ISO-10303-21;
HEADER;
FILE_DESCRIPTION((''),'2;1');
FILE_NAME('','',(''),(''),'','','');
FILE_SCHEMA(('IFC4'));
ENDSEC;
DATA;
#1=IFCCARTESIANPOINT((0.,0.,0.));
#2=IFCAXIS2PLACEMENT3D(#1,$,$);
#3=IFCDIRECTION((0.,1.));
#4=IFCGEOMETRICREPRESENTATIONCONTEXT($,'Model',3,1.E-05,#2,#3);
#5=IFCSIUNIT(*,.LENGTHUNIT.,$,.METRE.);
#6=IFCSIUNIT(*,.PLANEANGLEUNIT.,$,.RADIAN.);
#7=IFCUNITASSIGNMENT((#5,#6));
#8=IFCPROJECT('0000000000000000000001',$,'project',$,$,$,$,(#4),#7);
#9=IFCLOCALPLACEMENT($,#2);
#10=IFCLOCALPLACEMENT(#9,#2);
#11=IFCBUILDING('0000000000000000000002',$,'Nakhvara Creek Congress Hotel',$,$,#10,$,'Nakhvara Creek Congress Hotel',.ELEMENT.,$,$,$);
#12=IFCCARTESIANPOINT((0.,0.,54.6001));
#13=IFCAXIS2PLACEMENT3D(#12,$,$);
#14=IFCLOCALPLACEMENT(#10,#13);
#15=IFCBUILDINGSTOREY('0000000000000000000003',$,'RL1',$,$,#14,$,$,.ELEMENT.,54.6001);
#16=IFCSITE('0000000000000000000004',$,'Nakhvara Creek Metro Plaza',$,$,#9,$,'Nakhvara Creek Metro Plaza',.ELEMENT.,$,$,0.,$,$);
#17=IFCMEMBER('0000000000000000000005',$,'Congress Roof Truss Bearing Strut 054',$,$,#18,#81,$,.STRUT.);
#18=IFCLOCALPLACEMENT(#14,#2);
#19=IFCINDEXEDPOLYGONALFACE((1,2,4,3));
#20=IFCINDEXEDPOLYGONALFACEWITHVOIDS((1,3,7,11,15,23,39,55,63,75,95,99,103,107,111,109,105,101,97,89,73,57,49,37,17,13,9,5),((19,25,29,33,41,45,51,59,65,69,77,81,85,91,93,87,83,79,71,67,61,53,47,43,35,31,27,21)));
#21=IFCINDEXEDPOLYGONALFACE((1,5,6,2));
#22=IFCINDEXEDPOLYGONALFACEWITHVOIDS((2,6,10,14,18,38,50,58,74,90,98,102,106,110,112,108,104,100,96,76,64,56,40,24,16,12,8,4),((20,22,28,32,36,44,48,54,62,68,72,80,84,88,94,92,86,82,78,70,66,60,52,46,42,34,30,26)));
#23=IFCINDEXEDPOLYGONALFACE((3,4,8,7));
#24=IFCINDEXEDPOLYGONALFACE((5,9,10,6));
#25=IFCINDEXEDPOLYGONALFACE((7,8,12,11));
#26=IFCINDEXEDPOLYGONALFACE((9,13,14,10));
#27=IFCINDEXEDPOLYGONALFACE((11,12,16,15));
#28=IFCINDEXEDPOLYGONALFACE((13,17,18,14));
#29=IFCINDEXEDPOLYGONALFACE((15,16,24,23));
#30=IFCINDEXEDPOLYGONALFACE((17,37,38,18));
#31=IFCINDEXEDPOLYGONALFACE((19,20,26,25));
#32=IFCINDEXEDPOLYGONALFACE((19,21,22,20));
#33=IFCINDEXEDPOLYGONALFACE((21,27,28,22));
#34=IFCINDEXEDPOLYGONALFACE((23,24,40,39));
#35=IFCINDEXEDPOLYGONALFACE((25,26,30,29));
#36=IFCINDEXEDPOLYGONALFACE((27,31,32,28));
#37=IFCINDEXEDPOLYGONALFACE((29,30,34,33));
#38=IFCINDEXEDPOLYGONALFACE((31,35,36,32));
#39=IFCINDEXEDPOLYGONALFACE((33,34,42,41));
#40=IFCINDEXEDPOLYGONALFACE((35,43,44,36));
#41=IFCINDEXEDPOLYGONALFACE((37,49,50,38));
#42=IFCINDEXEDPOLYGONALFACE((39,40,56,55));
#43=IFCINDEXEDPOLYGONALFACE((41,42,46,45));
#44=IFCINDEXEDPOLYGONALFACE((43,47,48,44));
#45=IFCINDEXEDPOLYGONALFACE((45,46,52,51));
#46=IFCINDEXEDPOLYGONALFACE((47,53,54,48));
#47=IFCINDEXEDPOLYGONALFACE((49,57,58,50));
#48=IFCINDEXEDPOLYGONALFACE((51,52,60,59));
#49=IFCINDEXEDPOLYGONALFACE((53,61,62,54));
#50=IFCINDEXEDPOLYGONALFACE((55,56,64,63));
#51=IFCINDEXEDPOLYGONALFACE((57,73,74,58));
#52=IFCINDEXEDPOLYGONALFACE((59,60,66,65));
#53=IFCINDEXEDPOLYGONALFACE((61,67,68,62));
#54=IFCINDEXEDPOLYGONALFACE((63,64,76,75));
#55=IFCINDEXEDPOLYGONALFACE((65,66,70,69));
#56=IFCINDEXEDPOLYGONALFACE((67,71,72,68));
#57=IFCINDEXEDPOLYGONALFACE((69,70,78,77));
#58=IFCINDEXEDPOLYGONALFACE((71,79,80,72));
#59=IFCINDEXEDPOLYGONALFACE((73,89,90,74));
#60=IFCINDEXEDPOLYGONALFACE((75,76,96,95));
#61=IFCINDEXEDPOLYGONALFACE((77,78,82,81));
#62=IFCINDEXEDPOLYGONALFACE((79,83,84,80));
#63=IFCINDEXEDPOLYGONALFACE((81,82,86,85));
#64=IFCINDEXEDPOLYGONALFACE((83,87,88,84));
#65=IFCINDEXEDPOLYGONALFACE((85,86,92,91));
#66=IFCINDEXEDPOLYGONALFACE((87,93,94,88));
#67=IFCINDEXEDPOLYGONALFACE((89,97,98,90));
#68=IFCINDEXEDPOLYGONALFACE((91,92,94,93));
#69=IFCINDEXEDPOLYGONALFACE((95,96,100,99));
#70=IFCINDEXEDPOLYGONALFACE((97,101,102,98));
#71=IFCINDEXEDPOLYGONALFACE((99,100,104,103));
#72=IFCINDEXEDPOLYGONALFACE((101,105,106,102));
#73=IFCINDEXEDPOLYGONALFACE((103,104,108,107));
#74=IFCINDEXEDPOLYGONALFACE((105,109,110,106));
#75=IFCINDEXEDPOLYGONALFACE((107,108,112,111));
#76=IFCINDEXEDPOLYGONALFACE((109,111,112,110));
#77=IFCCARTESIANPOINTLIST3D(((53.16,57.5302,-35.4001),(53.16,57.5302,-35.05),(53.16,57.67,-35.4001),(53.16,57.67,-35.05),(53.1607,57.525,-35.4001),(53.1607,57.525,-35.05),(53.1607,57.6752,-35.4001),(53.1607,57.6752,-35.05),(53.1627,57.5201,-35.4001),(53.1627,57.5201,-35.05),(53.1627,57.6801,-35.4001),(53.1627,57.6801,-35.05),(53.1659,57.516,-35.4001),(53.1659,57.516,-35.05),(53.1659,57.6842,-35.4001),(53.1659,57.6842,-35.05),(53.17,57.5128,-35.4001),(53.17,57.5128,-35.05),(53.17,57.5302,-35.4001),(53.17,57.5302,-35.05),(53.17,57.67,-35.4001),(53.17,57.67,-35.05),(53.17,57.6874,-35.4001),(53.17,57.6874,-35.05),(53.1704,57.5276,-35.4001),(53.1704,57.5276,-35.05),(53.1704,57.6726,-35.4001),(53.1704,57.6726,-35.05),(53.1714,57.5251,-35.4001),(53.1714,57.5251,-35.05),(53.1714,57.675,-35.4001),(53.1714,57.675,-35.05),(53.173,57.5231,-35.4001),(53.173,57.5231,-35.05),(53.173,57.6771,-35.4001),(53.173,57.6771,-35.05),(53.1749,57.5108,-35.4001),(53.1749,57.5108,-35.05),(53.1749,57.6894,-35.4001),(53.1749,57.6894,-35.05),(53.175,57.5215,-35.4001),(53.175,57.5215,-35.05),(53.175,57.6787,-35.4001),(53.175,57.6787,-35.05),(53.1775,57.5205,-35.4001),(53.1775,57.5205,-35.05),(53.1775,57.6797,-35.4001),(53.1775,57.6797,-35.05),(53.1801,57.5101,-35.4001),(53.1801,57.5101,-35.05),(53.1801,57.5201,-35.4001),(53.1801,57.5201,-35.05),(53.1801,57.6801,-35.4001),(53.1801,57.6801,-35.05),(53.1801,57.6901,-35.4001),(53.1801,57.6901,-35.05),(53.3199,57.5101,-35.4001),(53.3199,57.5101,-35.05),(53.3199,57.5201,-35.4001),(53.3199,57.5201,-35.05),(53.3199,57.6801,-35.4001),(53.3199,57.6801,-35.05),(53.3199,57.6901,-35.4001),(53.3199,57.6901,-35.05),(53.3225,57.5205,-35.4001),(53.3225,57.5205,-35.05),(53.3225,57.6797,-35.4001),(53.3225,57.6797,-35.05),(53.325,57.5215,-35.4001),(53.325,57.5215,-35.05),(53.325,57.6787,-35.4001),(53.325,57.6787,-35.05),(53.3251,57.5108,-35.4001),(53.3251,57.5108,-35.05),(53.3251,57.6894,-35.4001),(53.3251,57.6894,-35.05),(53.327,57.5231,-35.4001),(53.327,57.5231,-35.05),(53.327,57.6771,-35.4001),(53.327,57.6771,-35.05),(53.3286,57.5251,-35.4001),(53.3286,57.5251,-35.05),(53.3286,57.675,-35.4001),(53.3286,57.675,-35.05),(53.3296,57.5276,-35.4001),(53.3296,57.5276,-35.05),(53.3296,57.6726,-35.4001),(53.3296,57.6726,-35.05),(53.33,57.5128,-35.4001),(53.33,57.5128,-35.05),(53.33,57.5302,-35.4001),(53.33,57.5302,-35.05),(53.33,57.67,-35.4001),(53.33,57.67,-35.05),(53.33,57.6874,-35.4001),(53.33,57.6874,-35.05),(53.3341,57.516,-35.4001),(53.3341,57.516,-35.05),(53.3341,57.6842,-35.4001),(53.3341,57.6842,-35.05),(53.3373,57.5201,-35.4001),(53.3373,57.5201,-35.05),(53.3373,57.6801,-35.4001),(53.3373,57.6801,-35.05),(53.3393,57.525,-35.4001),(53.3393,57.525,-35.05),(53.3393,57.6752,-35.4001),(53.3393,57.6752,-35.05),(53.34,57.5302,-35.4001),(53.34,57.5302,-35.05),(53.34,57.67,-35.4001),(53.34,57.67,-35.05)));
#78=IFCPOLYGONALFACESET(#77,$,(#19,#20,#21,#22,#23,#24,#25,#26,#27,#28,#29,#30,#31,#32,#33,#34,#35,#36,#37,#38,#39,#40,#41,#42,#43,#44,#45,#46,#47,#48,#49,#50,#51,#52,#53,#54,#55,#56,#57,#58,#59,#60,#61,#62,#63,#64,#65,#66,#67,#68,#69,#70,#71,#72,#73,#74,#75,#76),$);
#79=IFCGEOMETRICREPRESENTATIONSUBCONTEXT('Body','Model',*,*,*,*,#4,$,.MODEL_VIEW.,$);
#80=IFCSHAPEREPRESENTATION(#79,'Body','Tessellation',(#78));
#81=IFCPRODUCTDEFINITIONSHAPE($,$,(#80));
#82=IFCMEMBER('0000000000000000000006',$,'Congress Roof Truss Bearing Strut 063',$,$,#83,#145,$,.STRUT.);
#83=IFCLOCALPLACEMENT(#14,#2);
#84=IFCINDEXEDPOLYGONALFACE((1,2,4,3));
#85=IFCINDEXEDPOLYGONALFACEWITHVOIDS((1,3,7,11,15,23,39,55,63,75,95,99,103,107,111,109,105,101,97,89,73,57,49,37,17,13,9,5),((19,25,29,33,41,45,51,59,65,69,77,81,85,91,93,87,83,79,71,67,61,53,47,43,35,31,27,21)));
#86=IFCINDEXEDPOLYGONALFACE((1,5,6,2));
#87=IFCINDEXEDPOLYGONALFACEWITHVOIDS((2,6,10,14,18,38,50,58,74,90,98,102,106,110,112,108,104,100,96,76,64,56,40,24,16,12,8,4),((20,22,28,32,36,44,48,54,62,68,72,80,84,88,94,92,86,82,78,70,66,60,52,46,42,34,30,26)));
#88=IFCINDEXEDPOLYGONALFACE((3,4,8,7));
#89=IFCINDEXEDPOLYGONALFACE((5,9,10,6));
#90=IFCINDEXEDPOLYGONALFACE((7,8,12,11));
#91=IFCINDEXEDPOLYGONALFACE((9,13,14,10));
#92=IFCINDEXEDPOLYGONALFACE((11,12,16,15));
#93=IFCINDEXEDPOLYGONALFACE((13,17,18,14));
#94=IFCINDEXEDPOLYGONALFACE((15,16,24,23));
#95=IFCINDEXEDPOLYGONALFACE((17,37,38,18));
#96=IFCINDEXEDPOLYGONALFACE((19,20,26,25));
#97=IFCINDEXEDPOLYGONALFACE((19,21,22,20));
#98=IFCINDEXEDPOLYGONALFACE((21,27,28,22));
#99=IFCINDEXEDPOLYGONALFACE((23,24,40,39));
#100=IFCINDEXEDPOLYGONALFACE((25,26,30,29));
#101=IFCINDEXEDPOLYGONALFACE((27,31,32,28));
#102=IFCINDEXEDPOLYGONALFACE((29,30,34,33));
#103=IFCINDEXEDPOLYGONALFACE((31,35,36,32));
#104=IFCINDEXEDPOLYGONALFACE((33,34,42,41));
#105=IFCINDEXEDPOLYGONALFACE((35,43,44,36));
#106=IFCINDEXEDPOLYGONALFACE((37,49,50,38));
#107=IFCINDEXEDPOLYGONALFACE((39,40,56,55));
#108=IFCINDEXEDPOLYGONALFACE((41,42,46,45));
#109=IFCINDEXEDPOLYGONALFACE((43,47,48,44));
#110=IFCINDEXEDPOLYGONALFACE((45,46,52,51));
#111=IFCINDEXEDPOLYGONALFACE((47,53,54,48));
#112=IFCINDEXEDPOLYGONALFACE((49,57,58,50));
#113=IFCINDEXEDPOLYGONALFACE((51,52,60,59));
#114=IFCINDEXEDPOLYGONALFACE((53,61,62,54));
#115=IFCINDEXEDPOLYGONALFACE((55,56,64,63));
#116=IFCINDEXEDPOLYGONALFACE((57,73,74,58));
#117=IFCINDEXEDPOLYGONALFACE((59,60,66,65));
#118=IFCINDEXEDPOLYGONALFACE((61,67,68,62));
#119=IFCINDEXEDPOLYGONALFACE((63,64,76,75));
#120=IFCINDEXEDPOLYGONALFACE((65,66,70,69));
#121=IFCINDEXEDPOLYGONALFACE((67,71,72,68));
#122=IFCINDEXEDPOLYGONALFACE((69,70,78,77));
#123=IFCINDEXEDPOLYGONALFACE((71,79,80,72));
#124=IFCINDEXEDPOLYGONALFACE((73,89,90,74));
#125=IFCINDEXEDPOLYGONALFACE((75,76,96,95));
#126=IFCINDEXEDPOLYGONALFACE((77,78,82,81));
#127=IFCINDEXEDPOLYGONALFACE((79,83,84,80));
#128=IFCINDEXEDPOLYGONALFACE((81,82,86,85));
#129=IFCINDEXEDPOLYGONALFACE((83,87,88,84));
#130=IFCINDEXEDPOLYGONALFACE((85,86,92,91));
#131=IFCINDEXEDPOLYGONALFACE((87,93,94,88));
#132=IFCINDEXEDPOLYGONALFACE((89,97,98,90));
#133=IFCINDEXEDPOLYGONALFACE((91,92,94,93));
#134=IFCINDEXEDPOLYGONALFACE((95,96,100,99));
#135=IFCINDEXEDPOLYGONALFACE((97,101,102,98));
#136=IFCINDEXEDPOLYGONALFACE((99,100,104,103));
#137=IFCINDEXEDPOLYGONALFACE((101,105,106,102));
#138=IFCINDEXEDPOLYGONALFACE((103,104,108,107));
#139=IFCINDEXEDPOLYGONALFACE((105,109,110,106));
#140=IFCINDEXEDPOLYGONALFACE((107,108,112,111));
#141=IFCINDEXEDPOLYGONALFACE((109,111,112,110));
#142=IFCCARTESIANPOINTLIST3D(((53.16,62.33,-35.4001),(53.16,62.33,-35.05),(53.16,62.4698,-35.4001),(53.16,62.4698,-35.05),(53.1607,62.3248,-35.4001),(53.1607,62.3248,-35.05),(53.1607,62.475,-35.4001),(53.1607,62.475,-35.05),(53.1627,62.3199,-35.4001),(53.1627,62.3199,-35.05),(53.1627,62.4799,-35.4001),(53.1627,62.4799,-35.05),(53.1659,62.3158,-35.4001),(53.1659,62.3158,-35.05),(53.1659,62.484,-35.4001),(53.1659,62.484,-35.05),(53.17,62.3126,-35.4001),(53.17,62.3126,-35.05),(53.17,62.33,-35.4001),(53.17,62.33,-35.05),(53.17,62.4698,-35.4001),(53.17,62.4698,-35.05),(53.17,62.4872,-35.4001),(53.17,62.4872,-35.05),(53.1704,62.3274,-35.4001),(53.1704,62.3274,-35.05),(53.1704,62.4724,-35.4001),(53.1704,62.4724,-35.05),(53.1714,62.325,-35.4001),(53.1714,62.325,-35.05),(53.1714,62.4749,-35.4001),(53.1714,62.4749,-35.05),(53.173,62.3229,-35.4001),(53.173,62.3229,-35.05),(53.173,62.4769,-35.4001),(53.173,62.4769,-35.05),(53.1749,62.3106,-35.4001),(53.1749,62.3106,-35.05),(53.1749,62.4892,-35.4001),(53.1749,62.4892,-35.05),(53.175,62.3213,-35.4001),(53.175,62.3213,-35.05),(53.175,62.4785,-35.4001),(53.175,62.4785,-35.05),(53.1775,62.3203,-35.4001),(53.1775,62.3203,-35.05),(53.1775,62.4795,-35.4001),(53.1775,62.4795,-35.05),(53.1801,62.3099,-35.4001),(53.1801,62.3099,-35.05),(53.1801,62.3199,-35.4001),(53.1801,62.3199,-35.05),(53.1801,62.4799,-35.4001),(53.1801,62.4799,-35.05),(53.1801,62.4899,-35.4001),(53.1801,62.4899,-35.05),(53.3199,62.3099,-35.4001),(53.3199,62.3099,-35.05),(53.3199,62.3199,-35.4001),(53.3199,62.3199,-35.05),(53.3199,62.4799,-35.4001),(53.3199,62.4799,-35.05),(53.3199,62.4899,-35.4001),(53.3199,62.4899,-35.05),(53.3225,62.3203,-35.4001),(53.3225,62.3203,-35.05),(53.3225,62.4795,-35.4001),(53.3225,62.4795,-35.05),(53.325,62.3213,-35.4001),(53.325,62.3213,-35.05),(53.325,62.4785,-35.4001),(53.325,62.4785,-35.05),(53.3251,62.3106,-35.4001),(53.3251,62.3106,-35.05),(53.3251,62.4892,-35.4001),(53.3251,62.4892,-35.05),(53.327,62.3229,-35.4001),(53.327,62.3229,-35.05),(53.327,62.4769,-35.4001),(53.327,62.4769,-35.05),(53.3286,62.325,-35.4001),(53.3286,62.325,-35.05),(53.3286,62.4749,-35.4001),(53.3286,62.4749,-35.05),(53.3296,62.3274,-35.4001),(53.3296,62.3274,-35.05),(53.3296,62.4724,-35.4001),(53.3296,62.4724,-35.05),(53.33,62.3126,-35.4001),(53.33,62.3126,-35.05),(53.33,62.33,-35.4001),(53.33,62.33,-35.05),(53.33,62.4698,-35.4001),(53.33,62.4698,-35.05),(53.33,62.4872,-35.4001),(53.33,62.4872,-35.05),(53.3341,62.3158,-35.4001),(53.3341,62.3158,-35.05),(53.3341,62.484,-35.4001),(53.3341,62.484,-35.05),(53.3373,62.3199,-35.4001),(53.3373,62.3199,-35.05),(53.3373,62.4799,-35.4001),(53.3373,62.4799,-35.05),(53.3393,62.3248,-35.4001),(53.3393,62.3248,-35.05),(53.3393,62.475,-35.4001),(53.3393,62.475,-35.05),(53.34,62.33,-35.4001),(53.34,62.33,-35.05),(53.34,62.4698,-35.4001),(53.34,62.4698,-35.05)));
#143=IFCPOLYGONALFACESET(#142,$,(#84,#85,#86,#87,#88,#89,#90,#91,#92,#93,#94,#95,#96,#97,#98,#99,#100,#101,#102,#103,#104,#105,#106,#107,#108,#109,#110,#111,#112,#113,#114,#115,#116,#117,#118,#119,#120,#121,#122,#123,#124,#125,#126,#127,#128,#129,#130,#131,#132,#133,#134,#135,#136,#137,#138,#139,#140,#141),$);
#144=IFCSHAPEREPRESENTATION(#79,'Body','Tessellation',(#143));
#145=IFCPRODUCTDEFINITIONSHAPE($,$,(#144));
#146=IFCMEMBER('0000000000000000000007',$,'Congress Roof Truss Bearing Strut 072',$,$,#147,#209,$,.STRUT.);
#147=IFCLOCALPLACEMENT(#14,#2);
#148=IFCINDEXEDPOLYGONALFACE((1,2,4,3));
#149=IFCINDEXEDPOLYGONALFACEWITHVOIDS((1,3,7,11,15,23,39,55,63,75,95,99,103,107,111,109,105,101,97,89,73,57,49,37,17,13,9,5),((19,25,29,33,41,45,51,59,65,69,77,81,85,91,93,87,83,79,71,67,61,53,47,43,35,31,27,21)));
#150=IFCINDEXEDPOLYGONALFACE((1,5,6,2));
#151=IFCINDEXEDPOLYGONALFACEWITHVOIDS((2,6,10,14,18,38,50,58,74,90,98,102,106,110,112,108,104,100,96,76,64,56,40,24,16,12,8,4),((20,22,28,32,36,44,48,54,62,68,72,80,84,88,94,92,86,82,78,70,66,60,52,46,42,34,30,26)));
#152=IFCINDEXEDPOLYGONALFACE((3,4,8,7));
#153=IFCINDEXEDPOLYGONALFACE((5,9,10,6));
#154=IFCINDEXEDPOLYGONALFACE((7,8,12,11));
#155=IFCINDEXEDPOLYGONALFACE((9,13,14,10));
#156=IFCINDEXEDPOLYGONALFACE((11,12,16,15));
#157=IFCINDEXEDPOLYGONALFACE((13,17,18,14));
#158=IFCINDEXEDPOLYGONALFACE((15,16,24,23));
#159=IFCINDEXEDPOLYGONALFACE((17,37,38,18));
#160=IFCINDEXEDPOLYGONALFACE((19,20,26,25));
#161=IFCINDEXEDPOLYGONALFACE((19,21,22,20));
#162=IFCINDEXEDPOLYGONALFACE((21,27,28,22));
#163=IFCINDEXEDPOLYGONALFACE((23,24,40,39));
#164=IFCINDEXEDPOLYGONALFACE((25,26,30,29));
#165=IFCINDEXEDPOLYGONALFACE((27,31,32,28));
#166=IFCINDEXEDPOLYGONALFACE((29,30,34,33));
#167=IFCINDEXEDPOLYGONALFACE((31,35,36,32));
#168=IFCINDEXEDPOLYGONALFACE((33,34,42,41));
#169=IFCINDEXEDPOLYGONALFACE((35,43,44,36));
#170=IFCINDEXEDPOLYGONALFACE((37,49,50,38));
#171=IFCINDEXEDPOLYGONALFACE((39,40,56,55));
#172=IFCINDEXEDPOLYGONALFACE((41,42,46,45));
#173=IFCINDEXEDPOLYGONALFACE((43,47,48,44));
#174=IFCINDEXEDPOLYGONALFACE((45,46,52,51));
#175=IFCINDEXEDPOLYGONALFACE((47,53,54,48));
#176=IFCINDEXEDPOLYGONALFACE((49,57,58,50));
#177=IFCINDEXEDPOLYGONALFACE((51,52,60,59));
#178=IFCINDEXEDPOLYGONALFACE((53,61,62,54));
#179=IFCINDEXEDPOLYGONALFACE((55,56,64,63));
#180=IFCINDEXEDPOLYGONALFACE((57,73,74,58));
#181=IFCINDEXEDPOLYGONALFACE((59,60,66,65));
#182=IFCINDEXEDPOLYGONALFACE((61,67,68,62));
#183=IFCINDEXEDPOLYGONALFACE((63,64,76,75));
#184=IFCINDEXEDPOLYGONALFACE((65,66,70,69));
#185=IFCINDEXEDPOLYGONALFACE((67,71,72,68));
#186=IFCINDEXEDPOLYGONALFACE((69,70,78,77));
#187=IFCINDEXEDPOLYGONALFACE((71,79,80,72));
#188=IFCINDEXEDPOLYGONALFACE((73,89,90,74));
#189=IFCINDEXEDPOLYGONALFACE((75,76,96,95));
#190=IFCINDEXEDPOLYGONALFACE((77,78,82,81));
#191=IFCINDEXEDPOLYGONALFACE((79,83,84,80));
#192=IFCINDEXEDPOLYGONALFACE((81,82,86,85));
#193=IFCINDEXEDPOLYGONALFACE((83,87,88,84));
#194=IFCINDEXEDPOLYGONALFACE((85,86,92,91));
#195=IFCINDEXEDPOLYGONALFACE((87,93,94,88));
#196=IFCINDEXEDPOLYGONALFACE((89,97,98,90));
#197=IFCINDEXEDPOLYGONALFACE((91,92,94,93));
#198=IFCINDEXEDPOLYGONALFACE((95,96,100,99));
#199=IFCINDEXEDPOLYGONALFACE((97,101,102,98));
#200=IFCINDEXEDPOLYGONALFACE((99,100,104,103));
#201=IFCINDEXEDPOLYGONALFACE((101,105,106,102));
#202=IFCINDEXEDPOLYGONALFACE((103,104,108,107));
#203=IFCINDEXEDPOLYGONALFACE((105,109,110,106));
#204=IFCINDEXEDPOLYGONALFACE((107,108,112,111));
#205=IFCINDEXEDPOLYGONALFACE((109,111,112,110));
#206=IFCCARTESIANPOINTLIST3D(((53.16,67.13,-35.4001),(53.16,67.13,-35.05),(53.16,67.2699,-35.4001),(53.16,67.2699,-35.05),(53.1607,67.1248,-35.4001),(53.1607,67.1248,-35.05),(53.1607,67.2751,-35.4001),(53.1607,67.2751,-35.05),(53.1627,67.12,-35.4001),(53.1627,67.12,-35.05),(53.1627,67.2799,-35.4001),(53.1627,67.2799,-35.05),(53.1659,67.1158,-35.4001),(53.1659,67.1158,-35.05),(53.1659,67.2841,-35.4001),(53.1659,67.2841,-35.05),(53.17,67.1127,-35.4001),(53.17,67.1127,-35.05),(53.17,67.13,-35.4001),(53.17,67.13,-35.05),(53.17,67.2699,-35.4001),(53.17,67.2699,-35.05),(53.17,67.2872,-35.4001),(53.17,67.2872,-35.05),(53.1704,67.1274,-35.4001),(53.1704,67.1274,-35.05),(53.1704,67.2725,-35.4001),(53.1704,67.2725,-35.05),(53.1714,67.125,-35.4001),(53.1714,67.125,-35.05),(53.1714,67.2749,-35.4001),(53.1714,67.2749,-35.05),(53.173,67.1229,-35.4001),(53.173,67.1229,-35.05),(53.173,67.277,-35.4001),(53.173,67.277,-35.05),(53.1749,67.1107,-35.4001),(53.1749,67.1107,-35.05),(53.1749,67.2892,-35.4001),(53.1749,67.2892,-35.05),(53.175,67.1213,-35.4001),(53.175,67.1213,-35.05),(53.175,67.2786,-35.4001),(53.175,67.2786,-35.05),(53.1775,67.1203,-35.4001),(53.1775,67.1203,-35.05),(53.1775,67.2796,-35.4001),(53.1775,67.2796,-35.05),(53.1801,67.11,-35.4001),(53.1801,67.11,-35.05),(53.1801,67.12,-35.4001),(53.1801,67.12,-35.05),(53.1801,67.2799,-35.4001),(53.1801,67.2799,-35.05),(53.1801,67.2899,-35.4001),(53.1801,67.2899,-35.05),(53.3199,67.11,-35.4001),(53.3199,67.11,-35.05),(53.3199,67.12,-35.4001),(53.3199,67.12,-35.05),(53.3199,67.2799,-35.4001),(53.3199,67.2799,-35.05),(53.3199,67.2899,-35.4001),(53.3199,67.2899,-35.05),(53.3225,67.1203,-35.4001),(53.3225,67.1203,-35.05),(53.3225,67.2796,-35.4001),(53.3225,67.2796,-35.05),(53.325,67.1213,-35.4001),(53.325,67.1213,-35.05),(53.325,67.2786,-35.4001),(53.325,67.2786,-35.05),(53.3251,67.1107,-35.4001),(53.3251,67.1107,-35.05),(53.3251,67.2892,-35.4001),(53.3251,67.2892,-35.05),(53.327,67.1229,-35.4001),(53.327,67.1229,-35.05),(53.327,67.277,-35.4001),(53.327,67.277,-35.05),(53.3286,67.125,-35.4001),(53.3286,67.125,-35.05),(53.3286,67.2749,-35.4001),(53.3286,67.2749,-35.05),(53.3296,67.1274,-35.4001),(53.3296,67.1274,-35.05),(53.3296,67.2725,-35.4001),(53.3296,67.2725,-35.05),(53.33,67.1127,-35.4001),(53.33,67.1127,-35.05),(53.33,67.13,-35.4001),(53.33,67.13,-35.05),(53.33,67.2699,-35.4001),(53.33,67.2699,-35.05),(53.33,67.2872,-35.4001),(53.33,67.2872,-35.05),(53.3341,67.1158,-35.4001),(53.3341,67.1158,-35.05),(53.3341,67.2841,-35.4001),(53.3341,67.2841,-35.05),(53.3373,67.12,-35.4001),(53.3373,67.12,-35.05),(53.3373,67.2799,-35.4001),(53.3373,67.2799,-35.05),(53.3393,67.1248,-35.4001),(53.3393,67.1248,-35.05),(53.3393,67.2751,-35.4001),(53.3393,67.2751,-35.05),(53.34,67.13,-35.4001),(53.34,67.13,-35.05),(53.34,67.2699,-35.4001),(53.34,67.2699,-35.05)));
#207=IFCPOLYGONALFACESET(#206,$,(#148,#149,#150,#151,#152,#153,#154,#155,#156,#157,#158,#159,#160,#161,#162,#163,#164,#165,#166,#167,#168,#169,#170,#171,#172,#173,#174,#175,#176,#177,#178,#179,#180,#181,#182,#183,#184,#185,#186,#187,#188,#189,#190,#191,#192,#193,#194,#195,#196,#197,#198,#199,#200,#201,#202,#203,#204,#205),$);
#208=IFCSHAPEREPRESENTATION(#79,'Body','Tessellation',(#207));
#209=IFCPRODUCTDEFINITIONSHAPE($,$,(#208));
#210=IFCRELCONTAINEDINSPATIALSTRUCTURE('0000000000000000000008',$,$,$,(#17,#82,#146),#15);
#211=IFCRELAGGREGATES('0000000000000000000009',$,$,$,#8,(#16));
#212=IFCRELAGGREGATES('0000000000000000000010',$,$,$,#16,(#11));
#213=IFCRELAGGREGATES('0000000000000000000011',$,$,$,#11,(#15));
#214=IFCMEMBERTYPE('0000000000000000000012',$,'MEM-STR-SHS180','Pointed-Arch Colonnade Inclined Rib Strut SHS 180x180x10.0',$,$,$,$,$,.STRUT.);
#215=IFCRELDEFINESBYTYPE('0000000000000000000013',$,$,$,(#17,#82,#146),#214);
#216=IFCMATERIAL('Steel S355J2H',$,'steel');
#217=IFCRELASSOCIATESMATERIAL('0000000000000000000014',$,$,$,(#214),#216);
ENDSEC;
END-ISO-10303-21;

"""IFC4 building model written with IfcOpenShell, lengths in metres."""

from ifc_helpers import new_model, si_unit, direction, frame, origin, origin_2d, place, context, subcontext, project, spatial, hollow_rectangle, extrude, material, material_profile, profile_set, type_object, element, save


model = new_model("IFC4")

# Units and contexts
model_context = context("Model", 3, precision=1e-05, world=origin(), true_north=direction((0.0, 1.0)))
body_context = subcontext(model_context, "Body", "Model", "MODEL_VIEW")
ifc_project = project(units=[si_unit("LENGTHUNIT", "METRE"), si_unit("PLANEANGLEUNIT", "RADIAN")], contexts=[model_context])

# Site, building, storey
site_placement = place(None, origin())
site = spatial("IfcSite", under=ifc_project, at=site_placement, Name="Nakhvara Creek Metro Plaza", LongName="Nakhvara Creek Metro Plaza", CompositionType="ELEMENT", RefElevation=0.0)
building_placement = place(site_placement, origin())
building = spatial("IfcBuilding", under=site, at=building_placement, Name="Nakhvara Creek Congress Hotel", LongName="Nakhvara Creek Congress Hotel", CompositionType="ELEMENT")
storey_placement = place(building_placement, frame((0.0, 0.0, 54.6001)))
storey = spatial("IfcBuildingStorey", under=building, at=storey_placement, Name="RL1", CompositionType="ELEMENT", Elevation=54.6001)

# Members
ifc_material_1 = material(Name="Steel S355J2H", Category="steel")
ifc_material_profile_1 = material_profile(ifc_material_1, hollow_rectangle(XDim=0.1799, YDim=0.1799, WallThickness=0.01, InnerFilletRadius=0.01, OuterFilletRadius=0.02, at=origin_2d()), Name="SHS 180x180x10.0", Category="LoadBearing")
ifc_profile_set_1 = profile_set([ifc_material_profile_1], Name="Steel S355J2H")
member_type_1 = type_object("IfcMemberType", Name="MEM-STR-SHS180", Description="Pointed-Arch Colonnade Inclined Rib Strut SHS 180x180x10.0", PredefinedType="STRUT", material=ifc_profile_set_1)
for number, where, z_axis, x_axis, name in (
    (1, (53.25, 57.6001, -35.4001), (0.0, 0.0, 1.0), (1.0, 0.0, 0.0), "Congress Roof Truss Bearing Strut 054"),
    (2, (53.25, 62.3999, -35.4001), (0.0, 0.0, 1.0), (1.0, 0.0, 0.0), "Congress Roof Truss Bearing Strut 063"),
    (3, (53.25, 67.2, -35.4001), (0.0, 0.0, 1.0), (1.0, 0.0, 0.0), "Congress Roof Truss Bearing Strut 072"),
):
    element("IfcMember", number, at=place(storey_placement, frame(where, z_axis=z_axis, x_axis=x_axis)), inside=storey, type_object=member_type_1, Name=name, PredefinedType="STRUT", context=body_context, shape_type="SweptSolid", body=[
        extrude(hollow_rectangle(XDim=0.1799, YDim=0.1799, WallThickness=0.01, InnerFilletRadius=0.01, OuterFilletRadius=0.02, at=origin_2d()), origin(), (0.0, 0.0, 1.0), 0.3501),
    ])

save(model, "model.ifc")
